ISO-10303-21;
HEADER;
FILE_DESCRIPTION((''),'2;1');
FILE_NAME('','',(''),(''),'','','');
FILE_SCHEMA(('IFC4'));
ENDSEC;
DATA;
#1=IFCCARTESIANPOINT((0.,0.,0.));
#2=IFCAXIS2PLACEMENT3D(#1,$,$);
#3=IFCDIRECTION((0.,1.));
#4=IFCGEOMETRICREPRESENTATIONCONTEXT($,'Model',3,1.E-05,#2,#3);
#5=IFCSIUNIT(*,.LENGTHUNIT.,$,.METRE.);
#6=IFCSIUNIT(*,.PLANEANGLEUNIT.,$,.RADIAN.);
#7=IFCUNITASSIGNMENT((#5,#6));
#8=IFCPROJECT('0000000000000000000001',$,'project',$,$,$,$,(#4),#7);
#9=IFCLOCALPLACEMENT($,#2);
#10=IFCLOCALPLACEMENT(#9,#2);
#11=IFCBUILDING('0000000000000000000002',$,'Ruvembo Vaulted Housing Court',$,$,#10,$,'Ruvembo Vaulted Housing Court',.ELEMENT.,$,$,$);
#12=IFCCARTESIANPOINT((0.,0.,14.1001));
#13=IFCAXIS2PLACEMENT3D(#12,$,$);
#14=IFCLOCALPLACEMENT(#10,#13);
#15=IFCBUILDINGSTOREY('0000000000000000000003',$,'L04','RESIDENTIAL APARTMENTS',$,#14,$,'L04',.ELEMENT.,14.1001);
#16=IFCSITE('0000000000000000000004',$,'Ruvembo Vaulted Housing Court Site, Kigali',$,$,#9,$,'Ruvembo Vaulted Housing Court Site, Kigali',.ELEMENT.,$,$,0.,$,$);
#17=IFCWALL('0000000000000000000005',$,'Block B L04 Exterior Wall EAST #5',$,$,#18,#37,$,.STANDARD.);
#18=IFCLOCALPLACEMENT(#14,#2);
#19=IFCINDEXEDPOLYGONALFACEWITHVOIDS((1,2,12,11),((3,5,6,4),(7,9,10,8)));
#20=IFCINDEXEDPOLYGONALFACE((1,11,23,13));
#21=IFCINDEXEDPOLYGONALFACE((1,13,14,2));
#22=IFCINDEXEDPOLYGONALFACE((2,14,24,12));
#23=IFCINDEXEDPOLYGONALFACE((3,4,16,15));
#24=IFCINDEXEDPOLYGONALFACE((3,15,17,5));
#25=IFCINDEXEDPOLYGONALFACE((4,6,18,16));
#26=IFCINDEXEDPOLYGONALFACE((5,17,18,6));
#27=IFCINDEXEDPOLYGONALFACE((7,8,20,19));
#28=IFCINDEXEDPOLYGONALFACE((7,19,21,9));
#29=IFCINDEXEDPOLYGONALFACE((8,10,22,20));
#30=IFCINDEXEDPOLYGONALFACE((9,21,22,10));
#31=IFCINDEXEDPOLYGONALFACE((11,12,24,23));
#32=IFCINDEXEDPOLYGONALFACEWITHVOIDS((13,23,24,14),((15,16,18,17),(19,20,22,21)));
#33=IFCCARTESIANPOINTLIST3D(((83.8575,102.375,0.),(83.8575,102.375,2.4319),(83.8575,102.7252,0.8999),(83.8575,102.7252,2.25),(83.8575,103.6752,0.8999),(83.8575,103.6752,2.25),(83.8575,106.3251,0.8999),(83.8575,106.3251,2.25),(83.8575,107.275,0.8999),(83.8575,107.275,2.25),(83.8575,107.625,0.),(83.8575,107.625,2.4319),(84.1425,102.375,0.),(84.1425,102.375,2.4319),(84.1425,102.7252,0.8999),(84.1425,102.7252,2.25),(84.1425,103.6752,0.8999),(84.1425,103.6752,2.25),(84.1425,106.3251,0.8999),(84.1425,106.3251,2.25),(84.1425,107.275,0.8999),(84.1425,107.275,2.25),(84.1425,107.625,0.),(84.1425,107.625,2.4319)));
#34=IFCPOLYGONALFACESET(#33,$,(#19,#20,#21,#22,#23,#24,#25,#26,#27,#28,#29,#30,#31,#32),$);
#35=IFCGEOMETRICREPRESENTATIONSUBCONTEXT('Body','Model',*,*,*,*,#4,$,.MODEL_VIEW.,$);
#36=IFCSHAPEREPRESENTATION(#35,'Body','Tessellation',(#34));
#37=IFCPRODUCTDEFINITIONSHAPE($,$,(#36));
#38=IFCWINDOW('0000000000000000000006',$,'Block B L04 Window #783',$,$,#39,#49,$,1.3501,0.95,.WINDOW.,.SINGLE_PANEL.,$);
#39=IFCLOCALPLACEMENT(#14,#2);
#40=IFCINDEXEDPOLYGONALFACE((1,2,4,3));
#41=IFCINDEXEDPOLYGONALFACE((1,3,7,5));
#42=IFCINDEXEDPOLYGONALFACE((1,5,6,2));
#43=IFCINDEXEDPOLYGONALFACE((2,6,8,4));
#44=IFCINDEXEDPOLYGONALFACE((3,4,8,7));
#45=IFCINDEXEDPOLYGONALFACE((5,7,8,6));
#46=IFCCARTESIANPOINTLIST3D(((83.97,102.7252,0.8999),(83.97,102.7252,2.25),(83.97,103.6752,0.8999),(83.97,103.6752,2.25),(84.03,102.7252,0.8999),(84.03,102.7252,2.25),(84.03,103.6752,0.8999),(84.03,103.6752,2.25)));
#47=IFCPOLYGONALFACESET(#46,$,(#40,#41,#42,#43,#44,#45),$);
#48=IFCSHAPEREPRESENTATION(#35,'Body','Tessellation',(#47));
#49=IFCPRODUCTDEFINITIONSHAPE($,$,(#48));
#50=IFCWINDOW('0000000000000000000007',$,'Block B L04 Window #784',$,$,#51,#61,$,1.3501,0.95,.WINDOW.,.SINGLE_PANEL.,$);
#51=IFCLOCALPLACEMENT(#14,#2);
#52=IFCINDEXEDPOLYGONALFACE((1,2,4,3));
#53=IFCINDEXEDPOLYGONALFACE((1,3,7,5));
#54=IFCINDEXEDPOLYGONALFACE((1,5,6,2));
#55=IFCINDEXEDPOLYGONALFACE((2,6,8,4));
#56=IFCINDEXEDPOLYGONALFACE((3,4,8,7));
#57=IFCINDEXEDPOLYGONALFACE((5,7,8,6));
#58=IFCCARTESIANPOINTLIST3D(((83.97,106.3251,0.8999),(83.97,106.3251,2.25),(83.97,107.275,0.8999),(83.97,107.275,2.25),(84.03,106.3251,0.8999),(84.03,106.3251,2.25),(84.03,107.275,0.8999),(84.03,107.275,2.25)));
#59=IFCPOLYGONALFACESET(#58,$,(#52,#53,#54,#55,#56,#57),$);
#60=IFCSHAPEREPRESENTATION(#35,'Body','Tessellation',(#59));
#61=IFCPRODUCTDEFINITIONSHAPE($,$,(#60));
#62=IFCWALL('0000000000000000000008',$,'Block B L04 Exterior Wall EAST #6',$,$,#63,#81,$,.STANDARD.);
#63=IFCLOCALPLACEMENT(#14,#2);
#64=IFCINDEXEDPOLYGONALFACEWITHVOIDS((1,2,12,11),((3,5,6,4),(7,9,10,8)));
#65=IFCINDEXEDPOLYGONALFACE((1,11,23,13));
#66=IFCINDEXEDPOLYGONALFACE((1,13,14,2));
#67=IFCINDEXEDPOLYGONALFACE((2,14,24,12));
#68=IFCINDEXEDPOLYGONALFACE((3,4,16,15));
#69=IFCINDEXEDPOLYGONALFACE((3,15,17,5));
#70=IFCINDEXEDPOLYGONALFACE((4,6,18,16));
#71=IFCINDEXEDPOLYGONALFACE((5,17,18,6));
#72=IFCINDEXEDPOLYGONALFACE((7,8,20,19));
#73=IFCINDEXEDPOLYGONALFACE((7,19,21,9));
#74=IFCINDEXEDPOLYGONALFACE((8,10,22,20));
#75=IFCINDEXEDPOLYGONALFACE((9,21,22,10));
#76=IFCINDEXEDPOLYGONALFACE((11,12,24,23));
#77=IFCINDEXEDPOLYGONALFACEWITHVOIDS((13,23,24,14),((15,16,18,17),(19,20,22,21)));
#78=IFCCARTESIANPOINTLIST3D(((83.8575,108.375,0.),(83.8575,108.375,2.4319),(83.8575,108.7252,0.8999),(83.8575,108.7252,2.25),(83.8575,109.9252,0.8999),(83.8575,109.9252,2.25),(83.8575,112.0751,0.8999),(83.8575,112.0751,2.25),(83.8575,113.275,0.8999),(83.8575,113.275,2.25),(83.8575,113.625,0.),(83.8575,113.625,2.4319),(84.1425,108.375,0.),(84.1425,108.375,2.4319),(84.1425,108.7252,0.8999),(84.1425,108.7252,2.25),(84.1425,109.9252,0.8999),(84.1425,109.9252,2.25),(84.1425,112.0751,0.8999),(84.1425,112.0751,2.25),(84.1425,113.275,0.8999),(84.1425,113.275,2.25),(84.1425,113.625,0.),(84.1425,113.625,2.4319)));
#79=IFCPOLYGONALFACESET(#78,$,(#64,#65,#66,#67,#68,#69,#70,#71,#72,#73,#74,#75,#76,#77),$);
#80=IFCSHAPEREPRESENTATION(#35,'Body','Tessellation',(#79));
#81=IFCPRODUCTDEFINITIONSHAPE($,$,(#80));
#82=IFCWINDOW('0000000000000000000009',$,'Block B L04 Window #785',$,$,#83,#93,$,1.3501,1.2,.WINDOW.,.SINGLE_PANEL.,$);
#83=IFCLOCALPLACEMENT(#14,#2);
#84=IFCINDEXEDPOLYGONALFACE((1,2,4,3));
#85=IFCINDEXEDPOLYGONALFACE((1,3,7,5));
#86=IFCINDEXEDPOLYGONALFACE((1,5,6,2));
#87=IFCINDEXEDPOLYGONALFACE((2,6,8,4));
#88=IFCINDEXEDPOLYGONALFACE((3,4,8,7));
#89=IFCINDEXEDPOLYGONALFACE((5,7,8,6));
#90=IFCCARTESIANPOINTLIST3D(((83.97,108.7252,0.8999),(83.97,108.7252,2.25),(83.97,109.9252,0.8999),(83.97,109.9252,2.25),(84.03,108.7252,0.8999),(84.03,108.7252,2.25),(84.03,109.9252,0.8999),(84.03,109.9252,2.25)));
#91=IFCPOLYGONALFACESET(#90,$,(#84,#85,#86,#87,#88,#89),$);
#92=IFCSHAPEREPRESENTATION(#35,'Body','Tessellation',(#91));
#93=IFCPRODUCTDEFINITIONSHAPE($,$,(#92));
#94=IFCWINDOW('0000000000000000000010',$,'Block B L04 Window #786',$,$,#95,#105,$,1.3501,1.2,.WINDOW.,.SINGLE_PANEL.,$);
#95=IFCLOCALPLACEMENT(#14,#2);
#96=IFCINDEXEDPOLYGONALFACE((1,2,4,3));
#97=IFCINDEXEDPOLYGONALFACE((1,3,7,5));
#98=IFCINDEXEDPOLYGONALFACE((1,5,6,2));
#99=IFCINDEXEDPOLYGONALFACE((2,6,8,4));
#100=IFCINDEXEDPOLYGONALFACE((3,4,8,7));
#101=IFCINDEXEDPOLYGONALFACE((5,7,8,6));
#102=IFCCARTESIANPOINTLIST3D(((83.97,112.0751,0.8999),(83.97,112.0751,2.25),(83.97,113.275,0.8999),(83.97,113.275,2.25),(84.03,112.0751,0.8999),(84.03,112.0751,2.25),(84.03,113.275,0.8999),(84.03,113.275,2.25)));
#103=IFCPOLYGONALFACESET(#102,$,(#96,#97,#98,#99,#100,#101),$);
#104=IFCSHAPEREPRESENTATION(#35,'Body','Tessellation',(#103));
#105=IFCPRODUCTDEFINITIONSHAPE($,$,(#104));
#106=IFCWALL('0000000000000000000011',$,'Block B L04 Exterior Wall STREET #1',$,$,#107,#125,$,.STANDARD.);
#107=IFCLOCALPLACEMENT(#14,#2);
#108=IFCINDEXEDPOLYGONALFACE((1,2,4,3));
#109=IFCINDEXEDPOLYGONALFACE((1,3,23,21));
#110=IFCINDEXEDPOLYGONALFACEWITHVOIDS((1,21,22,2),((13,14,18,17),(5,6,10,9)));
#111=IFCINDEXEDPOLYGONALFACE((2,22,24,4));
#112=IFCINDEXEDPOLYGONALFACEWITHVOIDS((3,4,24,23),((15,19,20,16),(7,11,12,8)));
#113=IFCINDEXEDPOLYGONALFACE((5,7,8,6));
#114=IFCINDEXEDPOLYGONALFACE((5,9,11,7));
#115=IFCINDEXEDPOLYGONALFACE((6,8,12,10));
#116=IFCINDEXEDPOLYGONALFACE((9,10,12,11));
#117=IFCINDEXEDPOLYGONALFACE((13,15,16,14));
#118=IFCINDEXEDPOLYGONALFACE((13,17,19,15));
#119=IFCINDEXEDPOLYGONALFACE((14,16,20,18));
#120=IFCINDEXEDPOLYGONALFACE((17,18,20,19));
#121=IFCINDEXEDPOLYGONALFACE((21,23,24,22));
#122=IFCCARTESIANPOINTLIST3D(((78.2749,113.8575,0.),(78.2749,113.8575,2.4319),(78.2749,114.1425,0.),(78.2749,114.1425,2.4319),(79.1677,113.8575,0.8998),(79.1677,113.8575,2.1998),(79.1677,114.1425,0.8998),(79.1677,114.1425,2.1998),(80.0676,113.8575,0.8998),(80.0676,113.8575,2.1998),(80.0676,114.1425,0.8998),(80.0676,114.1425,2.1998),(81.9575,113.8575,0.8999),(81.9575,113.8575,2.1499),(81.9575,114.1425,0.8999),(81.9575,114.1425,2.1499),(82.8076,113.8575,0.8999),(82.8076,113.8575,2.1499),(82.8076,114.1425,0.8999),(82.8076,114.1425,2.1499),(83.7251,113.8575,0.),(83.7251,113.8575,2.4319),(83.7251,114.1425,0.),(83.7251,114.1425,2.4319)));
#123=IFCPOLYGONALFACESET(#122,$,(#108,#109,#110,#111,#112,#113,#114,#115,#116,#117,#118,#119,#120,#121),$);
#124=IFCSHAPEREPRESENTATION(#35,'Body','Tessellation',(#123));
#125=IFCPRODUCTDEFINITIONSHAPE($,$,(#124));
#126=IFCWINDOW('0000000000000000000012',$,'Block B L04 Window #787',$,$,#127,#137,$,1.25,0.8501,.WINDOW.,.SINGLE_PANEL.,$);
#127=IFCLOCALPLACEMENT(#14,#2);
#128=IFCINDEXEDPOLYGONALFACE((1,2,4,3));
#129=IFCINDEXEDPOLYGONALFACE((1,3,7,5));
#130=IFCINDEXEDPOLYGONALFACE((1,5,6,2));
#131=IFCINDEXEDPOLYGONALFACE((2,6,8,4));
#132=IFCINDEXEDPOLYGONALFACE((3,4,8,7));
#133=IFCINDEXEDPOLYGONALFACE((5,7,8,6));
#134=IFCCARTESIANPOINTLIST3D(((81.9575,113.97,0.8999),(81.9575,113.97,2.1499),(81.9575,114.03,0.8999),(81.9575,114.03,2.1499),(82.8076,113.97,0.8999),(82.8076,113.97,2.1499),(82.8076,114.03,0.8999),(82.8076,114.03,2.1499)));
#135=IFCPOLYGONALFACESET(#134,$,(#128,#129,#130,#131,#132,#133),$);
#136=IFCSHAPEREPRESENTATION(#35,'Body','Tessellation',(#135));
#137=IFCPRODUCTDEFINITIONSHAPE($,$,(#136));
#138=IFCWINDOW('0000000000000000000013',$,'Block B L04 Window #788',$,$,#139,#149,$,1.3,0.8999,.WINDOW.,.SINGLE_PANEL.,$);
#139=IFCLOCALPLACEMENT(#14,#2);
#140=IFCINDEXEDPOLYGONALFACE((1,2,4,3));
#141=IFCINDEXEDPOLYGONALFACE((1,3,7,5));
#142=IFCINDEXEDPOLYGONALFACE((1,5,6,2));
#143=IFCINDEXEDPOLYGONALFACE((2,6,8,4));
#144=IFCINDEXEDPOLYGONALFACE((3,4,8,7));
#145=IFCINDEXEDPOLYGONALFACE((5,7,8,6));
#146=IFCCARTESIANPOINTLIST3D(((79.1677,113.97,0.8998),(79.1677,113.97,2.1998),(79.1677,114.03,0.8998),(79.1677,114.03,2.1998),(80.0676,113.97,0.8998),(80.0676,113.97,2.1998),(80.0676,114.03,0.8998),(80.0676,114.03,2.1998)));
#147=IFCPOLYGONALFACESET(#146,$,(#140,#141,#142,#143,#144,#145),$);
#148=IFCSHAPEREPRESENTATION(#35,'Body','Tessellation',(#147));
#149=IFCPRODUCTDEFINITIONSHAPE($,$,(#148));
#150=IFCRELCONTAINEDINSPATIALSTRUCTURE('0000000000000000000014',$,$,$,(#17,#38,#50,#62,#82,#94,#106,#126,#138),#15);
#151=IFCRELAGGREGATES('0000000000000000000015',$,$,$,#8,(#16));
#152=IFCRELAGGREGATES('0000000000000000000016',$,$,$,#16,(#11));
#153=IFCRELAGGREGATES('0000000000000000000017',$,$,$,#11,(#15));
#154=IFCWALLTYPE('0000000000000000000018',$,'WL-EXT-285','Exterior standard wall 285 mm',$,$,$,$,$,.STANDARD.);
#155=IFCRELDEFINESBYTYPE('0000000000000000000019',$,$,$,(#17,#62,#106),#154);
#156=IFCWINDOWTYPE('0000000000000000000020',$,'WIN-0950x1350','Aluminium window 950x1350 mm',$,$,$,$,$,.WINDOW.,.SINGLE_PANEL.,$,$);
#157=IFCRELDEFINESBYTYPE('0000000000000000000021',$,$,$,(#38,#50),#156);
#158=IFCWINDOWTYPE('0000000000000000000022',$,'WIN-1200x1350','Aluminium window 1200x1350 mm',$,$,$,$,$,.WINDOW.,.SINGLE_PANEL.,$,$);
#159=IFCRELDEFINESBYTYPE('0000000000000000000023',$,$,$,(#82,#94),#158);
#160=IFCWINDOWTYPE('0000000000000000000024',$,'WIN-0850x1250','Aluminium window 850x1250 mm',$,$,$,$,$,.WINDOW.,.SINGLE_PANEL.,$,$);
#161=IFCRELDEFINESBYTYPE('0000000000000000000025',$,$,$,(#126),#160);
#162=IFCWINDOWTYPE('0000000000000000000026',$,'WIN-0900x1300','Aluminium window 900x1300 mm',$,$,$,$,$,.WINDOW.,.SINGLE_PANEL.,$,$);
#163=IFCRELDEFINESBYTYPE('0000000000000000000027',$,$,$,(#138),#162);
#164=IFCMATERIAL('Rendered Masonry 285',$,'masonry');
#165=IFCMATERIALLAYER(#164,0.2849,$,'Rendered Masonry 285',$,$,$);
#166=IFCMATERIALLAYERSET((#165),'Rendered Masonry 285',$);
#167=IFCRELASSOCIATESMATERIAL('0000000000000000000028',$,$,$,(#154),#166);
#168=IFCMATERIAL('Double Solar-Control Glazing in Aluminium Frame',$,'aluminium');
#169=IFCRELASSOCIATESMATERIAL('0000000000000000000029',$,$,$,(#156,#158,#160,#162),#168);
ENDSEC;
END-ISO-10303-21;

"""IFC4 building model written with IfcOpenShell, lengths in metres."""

from ifc_helpers import new_model, si_unit, direction, frame, frame_2d, origin, place, context, subcontext, project, spatial, rectangle, extrude, material, layer, layer_set, type_object, element, fill, save


model = new_model("IFC4")

# Units and contexts
model_context = context("Model", 3, precision=1e-05, world=origin(), true_north=direction((0.0, 1.0)))
body_context = subcontext(model_context, "Body", "Model", "MODEL_VIEW")
ifc_project = project(units=[si_unit("LENGTHUNIT", "METRE"), si_unit("PLANEANGLEUNIT", "RADIAN")], contexts=[model_context])

# Site, building, storey
site_placement = place(None, origin())
site = spatial("IfcSite", under=ifc_project, at=site_placement, Name="Ruvembo Vaulted Housing Court Site, Kigali", LongName="Ruvembo Vaulted Housing Court Site, Kigali", CompositionType="ELEMENT", RefElevation=0.0)
building_placement = place(site_placement, origin())
building = spatial("IfcBuilding", under=site, at=building_placement, Name="Ruvembo Vaulted Housing Court", LongName="Ruvembo Vaulted Housing Court", CompositionType="ELEMENT")
storey_placement = place(building_placement, frame((0.0, 0.0, 14.1001)))
storey = spatial("IfcBuildingStorey", under=building, at=storey_placement, Name="L04", Description="RESIDENTIAL APARTMENTS", LongName="L04", CompositionType="ELEMENT", Elevation=14.1001)

# Walls, openings, windows
ifc_material_1 = material(Name="Rendered Masonry 285", Category="masonry")
ifc_layer_1 = layer(ifc_material_1, 0.2849, Name="Rendered Masonry 285")
ifc_layer_set_1 = layer_set([ifc_layer_1], Name="Rendered Masonry 285")
wall_type_1 = type_object("IfcWallType", Name="WL-EXT-285", Description="Exterior standard wall 285 mm", PredefinedType="STANDARD", material=ifc_layer_set_1)
wall_1_placement = place(storey_placement, frame((84.0, 102.375, 0.0), z_axis=(0.0, 0.0, 1.0), x_axis=(0.0, 1.0, 0.0)))
wall_1 = element("IfcWall", 1, at=wall_1_placement, inside=storey, type_object=wall_type_1, Name="Block B L04 Exterior Wall EAST #5", PredefinedType="STANDARD", context=body_context, shape_type="SweptSolid", body=[
    extrude(rectangle(XDim=5.25, YDim=0.2849, at=frame_2d((2.625, 0.0))), origin(), (0.0, 0.0, 1.0), 2.4319),
])
opening_1_placement = place(wall_1_placement, frame((0.3501, 0.0, 0.8999)))
opening_1 = element("IfcOpeningElement", 2, at=opening_1_placement, cuts=wall_1, PredefinedType="OPENING", context=body_context, shape_type="SweptSolid", body=[
    extrude(rectangle(XDim=0.95, YDim=1.3501, at=frame_2d((0.4751, 0.675))), frame((0.0, 0.1523, 0.0), z_axis=(0.0, -1.0, 0.0), x_axis=(1.0, 0.0, 0.0)), (0.0, 0.0, 1.0), 0.3049),
])
opening_2_placement = place(wall_1_placement, frame((3.95, 0.0, 0.8999)))
opening_2 = element("IfcOpeningElement", 3, at=opening_2_placement, cuts=wall_1, PredefinedType="OPENING", context=body_context, shape_type="SweptSolid", body=[
    extrude(rectangle(XDim=0.95, YDim=1.3501, at=frame_2d((0.4751, 0.675))), frame((0.0, 0.1523, 0.0), z_axis=(0.0, -1.0, 0.0), x_axis=(1.0, 0.0, 0.0)), (0.0, 0.0, 1.0), 0.3049),
])
ifc_material_2 = material(Name="Double Solar-Control Glazing in Aluminium Frame", Category="aluminium")
window_type_1 = type_object("IfcWindowType", Name="WIN-0950x1350", Description="Aluminium window 950x1350 mm", PartitioningType="SINGLE_PANEL", PredefinedType="WINDOW", material=ifc_material_2)
window_1_placement = place(opening_1_placement, origin())
window_1 = element("IfcWindow", 4, at=window_1_placement, inside=storey, type_object=window_type_1, Name="Block B L04 Window #783", OverallHeight=1.3501, OverallWidth=0.95, PartitioningType="SINGLE_PANEL", PredefinedType="WINDOW", context=body_context, shape_type="SweptSolid", body=[
    extrude(rectangle(XDim=0.95, YDim=1.3501, at=frame_2d((0.4751, 0.675))), frame((0.0, 0.03, 0.0), z_axis=(0.0, -1.0, 0.0), x_axis=(1.0, 0.0, 0.0)), (0.0, 0.0, 1.0), 0.0601),
])
fill(opening_1, window_1)
window_2_placement = place(opening_2_placement, origin())
window_2 = element("IfcWindow", 5, at=window_2_placement, inside=storey, type_object=window_type_1, Name="Block B L04 Window #784", OverallHeight=1.3501, OverallWidth=0.95, PartitioningType="SINGLE_PANEL", PredefinedType="WINDOW", context=body_context, shape_type="SweptSolid", body=[
    extrude(rectangle(XDim=0.95, YDim=1.3501, at=frame_2d((0.4751, 0.675))), frame((0.0, 0.03, 0.0), z_axis=(0.0, -1.0, 0.0), x_axis=(1.0, 0.0, 0.0)), (0.0, 0.0, 1.0), 0.0601),
])
fill(opening_2, window_2)
wall_2_placement = place(storey_placement, frame((84.0, 108.375, 0.0), z_axis=(0.0, 0.0, 1.0), x_axis=(0.0, 1.0, 0.0)))
wall_2 = element("IfcWall", 6, at=wall_2_placement, inside=storey, type_object=wall_type_1, Name="Block B L04 Exterior Wall EAST #6", PredefinedType="STANDARD", context=body_context, shape_type="SweptSolid", body=[
    extrude(rectangle(XDim=5.25, YDim=0.2849, at=frame_2d((2.625, 0.0))), origin(), (0.0, 0.0, 1.0), 2.4319),
])
opening_3_placement = place(wall_2_placement, frame((0.3501, 0.0, 0.8999)))
opening_3 = element("IfcOpeningElement", 7, at=opening_3_placement, cuts=wall_2, PredefinedType="OPENING", context=body_context, shape_type="SweptSolid", body=[
    extrude(rectangle(XDim=1.2, YDim=1.3501, at=frame_2d((0.6001, 0.675))), frame((0.0, 0.1523, 0.0), z_axis=(0.0, -1.0, 0.0), x_axis=(1.0, 0.0, 0.0)), (0.0, 0.0, 1.0), 0.3049),
])
opening_4_placement = place(wall_2_placement, frame((3.7, 0.0, 0.8999)))
opening_4 = element("IfcOpeningElement", 8, at=opening_4_placement, cuts=wall_2, PredefinedType="OPENING", context=body_context, shape_type="SweptSolid", body=[
    extrude(rectangle(XDim=1.2, YDim=1.3501, at=frame_2d((0.6001, 0.675))), frame((0.0, 0.1523, 0.0), z_axis=(0.0, -1.0, 0.0), x_axis=(1.0, 0.0, 0.0)), (0.0, 0.0, 1.0), 0.3049),
])
window_type_2 = type_object("IfcWindowType", Name="WIN-1200x1350", Description="Aluminium window 1200x1350 mm", PartitioningType="SINGLE_PANEL", PredefinedType="WINDOW", material=ifc_material_2)
window_3_placement = place(opening_3_placement, origin())
window_3 = element("IfcWindow", 9, at=window_3_placement, inside=storey, type_object=window_type_2, Name="Block B L04 Window #785", OverallHeight=1.3501, OverallWidth=1.2, PartitioningType="SINGLE_PANEL", PredefinedType="WINDOW", context=body_context, shape_type="SweptSolid", body=[
    extrude(rectangle(XDim=1.2, YDim=1.3501, at=frame_2d((0.6001, 0.675))), frame((0.0, 0.03, 0.0), z_axis=(0.0, -1.0, 0.0), x_axis=(1.0, 0.0, 0.0)), (0.0, 0.0, 1.0), 0.0601),
])
fill(opening_3, window_3)
window_4_placement = place(opening_4_placement, origin())
window_4 = element("IfcWindow", 10, at=window_4_placement, inside=storey, type_object=window_type_2, Name="Block B L04 Window #786", OverallHeight=1.3501, OverallWidth=1.2, PartitioningType="SINGLE_PANEL", PredefinedType="WINDOW", context=body_context, shape_type="SweptSolid", body=[
    extrude(rectangle(XDim=1.2, YDim=1.3501, at=frame_2d((0.6001, 0.675))), frame((0.0, 0.03, 0.0), z_axis=(0.0, -1.0, 0.0), x_axis=(1.0, 0.0, 0.0)), (0.0, 0.0, 1.0), 0.0601),
])
fill(opening_4, window_4)
wall_3_placement = place(storey_placement, frame((83.7251, 114.0, 0.0), z_axis=(0.0, 0.0, 1.0), x_axis=(-1.0, 0.0, 0.0)))
wall_3 = element("IfcWall", 11, at=wall_3_placement, inside=storey, type_object=wall_type_1, Name="Block B L04 Exterior Wall STREET #1", PredefinedType="STANDARD", context=body_context, shape_type="SweptSolid", body=[
    extrude(rectangle(XDim=5.4502, YDim=0.2849, at=frame_2d((2.7251, 0.0))), origin(), (0.0, 0.0, 1.0), 2.4319),
])
opening_5_placement = place(wall_3_placement, frame((0.9175, 0.0, 0.8999)))
opening_5 = element("IfcOpeningElement", 12, at=opening_5_placement, cuts=wall_3, PredefinedType="OPENING", context=body_context, shape_type="SweptSolid", body=[
    extrude(rectangle(XDim=0.8501, YDim=1.25, at=frame_2d((0.425, 0.625))), frame((0.0, 0.1523, 0.0), z_axis=(0.0, -1.0, 0.0), x_axis=(1.0, 0.0, 0.0)), (0.0, 0.0, 1.0), 0.3049),
])
opening_6_placement = place(wall_3_placement, frame((3.6575, 0.0, 0.8999)))
opening_6 = element("IfcOpeningElement", 13, at=opening_6_placement, cuts=wall_3, PredefinedType="OPENING", context=body_context, shape_type="SweptSolid", body=[
    extrude(rectangle(XDim=0.8999, YDim=1.3, at=frame_2d((0.45, 0.6499))), frame((0.0, 0.1523, 0.0), z_axis=(0.0, -1.0, 0.0), x_axis=(1.0, 0.0, 0.0)), (0.0, 0.0, 1.0), 0.3049),
])
window_type_3 = type_object("IfcWindowType", Name="WIN-0850x1250", Description="Aluminium window 850x1250 mm", PartitioningType="SINGLE_PANEL", PredefinedType="WINDOW", material=ifc_material_2)
window_5_placement = place(opening_5_placement, origin())
window_5 = element("IfcWindow", 14, at=window_5_placement, inside=storey, type_object=window_type_3, Name="Block B L04 Window #787", OverallHeight=1.25, OverallWidth=0.8501, PartitioningType="SINGLE_PANEL", PredefinedType="WINDOW", context=body_context, shape_type="SweptSolid", body=[
    extrude(rectangle(XDim=0.8501, YDim=1.25, at=frame_2d((0.425, 0.625))), frame((0.0, 0.03, 0.0), z_axis=(0.0, -1.0, 0.0), x_axis=(1.0, 0.0, 0.0)), (0.0, 0.0, 1.0), 0.0601),
])
fill(opening_5, window_5)
window_type_4 = type_object("IfcWindowType", Name="WIN-0900x1300", Description="Aluminium window 900x1300 mm", PartitioningType="SINGLE_PANEL", PredefinedType="WINDOW", material=ifc_material_2)
window_6_placement = place(opening_6_placement, origin())
window_6 = element("IfcWindow", 15, at=window_6_placement, inside=storey, type_object=window_type_4, Name="Block B L04 Window #788", OverallHeight=1.3, OverallWidth=0.8999, PartitioningType="SINGLE_PANEL", PredefinedType="WINDOW", context=body_context, shape_type="SweptSolid", body=[
    extrude(rectangle(XDim=0.8999, YDim=1.3, at=frame_2d((0.45, 0.6499))), frame((0.0, 0.03, 0.0), z_axis=(0.0, -1.0, 0.0), x_axis=(1.0, 0.0, 0.0)), (0.0, 0.0, 1.0), 0.0601),
])
fill(opening_6, window_6)

save(model, "model.ifc")
